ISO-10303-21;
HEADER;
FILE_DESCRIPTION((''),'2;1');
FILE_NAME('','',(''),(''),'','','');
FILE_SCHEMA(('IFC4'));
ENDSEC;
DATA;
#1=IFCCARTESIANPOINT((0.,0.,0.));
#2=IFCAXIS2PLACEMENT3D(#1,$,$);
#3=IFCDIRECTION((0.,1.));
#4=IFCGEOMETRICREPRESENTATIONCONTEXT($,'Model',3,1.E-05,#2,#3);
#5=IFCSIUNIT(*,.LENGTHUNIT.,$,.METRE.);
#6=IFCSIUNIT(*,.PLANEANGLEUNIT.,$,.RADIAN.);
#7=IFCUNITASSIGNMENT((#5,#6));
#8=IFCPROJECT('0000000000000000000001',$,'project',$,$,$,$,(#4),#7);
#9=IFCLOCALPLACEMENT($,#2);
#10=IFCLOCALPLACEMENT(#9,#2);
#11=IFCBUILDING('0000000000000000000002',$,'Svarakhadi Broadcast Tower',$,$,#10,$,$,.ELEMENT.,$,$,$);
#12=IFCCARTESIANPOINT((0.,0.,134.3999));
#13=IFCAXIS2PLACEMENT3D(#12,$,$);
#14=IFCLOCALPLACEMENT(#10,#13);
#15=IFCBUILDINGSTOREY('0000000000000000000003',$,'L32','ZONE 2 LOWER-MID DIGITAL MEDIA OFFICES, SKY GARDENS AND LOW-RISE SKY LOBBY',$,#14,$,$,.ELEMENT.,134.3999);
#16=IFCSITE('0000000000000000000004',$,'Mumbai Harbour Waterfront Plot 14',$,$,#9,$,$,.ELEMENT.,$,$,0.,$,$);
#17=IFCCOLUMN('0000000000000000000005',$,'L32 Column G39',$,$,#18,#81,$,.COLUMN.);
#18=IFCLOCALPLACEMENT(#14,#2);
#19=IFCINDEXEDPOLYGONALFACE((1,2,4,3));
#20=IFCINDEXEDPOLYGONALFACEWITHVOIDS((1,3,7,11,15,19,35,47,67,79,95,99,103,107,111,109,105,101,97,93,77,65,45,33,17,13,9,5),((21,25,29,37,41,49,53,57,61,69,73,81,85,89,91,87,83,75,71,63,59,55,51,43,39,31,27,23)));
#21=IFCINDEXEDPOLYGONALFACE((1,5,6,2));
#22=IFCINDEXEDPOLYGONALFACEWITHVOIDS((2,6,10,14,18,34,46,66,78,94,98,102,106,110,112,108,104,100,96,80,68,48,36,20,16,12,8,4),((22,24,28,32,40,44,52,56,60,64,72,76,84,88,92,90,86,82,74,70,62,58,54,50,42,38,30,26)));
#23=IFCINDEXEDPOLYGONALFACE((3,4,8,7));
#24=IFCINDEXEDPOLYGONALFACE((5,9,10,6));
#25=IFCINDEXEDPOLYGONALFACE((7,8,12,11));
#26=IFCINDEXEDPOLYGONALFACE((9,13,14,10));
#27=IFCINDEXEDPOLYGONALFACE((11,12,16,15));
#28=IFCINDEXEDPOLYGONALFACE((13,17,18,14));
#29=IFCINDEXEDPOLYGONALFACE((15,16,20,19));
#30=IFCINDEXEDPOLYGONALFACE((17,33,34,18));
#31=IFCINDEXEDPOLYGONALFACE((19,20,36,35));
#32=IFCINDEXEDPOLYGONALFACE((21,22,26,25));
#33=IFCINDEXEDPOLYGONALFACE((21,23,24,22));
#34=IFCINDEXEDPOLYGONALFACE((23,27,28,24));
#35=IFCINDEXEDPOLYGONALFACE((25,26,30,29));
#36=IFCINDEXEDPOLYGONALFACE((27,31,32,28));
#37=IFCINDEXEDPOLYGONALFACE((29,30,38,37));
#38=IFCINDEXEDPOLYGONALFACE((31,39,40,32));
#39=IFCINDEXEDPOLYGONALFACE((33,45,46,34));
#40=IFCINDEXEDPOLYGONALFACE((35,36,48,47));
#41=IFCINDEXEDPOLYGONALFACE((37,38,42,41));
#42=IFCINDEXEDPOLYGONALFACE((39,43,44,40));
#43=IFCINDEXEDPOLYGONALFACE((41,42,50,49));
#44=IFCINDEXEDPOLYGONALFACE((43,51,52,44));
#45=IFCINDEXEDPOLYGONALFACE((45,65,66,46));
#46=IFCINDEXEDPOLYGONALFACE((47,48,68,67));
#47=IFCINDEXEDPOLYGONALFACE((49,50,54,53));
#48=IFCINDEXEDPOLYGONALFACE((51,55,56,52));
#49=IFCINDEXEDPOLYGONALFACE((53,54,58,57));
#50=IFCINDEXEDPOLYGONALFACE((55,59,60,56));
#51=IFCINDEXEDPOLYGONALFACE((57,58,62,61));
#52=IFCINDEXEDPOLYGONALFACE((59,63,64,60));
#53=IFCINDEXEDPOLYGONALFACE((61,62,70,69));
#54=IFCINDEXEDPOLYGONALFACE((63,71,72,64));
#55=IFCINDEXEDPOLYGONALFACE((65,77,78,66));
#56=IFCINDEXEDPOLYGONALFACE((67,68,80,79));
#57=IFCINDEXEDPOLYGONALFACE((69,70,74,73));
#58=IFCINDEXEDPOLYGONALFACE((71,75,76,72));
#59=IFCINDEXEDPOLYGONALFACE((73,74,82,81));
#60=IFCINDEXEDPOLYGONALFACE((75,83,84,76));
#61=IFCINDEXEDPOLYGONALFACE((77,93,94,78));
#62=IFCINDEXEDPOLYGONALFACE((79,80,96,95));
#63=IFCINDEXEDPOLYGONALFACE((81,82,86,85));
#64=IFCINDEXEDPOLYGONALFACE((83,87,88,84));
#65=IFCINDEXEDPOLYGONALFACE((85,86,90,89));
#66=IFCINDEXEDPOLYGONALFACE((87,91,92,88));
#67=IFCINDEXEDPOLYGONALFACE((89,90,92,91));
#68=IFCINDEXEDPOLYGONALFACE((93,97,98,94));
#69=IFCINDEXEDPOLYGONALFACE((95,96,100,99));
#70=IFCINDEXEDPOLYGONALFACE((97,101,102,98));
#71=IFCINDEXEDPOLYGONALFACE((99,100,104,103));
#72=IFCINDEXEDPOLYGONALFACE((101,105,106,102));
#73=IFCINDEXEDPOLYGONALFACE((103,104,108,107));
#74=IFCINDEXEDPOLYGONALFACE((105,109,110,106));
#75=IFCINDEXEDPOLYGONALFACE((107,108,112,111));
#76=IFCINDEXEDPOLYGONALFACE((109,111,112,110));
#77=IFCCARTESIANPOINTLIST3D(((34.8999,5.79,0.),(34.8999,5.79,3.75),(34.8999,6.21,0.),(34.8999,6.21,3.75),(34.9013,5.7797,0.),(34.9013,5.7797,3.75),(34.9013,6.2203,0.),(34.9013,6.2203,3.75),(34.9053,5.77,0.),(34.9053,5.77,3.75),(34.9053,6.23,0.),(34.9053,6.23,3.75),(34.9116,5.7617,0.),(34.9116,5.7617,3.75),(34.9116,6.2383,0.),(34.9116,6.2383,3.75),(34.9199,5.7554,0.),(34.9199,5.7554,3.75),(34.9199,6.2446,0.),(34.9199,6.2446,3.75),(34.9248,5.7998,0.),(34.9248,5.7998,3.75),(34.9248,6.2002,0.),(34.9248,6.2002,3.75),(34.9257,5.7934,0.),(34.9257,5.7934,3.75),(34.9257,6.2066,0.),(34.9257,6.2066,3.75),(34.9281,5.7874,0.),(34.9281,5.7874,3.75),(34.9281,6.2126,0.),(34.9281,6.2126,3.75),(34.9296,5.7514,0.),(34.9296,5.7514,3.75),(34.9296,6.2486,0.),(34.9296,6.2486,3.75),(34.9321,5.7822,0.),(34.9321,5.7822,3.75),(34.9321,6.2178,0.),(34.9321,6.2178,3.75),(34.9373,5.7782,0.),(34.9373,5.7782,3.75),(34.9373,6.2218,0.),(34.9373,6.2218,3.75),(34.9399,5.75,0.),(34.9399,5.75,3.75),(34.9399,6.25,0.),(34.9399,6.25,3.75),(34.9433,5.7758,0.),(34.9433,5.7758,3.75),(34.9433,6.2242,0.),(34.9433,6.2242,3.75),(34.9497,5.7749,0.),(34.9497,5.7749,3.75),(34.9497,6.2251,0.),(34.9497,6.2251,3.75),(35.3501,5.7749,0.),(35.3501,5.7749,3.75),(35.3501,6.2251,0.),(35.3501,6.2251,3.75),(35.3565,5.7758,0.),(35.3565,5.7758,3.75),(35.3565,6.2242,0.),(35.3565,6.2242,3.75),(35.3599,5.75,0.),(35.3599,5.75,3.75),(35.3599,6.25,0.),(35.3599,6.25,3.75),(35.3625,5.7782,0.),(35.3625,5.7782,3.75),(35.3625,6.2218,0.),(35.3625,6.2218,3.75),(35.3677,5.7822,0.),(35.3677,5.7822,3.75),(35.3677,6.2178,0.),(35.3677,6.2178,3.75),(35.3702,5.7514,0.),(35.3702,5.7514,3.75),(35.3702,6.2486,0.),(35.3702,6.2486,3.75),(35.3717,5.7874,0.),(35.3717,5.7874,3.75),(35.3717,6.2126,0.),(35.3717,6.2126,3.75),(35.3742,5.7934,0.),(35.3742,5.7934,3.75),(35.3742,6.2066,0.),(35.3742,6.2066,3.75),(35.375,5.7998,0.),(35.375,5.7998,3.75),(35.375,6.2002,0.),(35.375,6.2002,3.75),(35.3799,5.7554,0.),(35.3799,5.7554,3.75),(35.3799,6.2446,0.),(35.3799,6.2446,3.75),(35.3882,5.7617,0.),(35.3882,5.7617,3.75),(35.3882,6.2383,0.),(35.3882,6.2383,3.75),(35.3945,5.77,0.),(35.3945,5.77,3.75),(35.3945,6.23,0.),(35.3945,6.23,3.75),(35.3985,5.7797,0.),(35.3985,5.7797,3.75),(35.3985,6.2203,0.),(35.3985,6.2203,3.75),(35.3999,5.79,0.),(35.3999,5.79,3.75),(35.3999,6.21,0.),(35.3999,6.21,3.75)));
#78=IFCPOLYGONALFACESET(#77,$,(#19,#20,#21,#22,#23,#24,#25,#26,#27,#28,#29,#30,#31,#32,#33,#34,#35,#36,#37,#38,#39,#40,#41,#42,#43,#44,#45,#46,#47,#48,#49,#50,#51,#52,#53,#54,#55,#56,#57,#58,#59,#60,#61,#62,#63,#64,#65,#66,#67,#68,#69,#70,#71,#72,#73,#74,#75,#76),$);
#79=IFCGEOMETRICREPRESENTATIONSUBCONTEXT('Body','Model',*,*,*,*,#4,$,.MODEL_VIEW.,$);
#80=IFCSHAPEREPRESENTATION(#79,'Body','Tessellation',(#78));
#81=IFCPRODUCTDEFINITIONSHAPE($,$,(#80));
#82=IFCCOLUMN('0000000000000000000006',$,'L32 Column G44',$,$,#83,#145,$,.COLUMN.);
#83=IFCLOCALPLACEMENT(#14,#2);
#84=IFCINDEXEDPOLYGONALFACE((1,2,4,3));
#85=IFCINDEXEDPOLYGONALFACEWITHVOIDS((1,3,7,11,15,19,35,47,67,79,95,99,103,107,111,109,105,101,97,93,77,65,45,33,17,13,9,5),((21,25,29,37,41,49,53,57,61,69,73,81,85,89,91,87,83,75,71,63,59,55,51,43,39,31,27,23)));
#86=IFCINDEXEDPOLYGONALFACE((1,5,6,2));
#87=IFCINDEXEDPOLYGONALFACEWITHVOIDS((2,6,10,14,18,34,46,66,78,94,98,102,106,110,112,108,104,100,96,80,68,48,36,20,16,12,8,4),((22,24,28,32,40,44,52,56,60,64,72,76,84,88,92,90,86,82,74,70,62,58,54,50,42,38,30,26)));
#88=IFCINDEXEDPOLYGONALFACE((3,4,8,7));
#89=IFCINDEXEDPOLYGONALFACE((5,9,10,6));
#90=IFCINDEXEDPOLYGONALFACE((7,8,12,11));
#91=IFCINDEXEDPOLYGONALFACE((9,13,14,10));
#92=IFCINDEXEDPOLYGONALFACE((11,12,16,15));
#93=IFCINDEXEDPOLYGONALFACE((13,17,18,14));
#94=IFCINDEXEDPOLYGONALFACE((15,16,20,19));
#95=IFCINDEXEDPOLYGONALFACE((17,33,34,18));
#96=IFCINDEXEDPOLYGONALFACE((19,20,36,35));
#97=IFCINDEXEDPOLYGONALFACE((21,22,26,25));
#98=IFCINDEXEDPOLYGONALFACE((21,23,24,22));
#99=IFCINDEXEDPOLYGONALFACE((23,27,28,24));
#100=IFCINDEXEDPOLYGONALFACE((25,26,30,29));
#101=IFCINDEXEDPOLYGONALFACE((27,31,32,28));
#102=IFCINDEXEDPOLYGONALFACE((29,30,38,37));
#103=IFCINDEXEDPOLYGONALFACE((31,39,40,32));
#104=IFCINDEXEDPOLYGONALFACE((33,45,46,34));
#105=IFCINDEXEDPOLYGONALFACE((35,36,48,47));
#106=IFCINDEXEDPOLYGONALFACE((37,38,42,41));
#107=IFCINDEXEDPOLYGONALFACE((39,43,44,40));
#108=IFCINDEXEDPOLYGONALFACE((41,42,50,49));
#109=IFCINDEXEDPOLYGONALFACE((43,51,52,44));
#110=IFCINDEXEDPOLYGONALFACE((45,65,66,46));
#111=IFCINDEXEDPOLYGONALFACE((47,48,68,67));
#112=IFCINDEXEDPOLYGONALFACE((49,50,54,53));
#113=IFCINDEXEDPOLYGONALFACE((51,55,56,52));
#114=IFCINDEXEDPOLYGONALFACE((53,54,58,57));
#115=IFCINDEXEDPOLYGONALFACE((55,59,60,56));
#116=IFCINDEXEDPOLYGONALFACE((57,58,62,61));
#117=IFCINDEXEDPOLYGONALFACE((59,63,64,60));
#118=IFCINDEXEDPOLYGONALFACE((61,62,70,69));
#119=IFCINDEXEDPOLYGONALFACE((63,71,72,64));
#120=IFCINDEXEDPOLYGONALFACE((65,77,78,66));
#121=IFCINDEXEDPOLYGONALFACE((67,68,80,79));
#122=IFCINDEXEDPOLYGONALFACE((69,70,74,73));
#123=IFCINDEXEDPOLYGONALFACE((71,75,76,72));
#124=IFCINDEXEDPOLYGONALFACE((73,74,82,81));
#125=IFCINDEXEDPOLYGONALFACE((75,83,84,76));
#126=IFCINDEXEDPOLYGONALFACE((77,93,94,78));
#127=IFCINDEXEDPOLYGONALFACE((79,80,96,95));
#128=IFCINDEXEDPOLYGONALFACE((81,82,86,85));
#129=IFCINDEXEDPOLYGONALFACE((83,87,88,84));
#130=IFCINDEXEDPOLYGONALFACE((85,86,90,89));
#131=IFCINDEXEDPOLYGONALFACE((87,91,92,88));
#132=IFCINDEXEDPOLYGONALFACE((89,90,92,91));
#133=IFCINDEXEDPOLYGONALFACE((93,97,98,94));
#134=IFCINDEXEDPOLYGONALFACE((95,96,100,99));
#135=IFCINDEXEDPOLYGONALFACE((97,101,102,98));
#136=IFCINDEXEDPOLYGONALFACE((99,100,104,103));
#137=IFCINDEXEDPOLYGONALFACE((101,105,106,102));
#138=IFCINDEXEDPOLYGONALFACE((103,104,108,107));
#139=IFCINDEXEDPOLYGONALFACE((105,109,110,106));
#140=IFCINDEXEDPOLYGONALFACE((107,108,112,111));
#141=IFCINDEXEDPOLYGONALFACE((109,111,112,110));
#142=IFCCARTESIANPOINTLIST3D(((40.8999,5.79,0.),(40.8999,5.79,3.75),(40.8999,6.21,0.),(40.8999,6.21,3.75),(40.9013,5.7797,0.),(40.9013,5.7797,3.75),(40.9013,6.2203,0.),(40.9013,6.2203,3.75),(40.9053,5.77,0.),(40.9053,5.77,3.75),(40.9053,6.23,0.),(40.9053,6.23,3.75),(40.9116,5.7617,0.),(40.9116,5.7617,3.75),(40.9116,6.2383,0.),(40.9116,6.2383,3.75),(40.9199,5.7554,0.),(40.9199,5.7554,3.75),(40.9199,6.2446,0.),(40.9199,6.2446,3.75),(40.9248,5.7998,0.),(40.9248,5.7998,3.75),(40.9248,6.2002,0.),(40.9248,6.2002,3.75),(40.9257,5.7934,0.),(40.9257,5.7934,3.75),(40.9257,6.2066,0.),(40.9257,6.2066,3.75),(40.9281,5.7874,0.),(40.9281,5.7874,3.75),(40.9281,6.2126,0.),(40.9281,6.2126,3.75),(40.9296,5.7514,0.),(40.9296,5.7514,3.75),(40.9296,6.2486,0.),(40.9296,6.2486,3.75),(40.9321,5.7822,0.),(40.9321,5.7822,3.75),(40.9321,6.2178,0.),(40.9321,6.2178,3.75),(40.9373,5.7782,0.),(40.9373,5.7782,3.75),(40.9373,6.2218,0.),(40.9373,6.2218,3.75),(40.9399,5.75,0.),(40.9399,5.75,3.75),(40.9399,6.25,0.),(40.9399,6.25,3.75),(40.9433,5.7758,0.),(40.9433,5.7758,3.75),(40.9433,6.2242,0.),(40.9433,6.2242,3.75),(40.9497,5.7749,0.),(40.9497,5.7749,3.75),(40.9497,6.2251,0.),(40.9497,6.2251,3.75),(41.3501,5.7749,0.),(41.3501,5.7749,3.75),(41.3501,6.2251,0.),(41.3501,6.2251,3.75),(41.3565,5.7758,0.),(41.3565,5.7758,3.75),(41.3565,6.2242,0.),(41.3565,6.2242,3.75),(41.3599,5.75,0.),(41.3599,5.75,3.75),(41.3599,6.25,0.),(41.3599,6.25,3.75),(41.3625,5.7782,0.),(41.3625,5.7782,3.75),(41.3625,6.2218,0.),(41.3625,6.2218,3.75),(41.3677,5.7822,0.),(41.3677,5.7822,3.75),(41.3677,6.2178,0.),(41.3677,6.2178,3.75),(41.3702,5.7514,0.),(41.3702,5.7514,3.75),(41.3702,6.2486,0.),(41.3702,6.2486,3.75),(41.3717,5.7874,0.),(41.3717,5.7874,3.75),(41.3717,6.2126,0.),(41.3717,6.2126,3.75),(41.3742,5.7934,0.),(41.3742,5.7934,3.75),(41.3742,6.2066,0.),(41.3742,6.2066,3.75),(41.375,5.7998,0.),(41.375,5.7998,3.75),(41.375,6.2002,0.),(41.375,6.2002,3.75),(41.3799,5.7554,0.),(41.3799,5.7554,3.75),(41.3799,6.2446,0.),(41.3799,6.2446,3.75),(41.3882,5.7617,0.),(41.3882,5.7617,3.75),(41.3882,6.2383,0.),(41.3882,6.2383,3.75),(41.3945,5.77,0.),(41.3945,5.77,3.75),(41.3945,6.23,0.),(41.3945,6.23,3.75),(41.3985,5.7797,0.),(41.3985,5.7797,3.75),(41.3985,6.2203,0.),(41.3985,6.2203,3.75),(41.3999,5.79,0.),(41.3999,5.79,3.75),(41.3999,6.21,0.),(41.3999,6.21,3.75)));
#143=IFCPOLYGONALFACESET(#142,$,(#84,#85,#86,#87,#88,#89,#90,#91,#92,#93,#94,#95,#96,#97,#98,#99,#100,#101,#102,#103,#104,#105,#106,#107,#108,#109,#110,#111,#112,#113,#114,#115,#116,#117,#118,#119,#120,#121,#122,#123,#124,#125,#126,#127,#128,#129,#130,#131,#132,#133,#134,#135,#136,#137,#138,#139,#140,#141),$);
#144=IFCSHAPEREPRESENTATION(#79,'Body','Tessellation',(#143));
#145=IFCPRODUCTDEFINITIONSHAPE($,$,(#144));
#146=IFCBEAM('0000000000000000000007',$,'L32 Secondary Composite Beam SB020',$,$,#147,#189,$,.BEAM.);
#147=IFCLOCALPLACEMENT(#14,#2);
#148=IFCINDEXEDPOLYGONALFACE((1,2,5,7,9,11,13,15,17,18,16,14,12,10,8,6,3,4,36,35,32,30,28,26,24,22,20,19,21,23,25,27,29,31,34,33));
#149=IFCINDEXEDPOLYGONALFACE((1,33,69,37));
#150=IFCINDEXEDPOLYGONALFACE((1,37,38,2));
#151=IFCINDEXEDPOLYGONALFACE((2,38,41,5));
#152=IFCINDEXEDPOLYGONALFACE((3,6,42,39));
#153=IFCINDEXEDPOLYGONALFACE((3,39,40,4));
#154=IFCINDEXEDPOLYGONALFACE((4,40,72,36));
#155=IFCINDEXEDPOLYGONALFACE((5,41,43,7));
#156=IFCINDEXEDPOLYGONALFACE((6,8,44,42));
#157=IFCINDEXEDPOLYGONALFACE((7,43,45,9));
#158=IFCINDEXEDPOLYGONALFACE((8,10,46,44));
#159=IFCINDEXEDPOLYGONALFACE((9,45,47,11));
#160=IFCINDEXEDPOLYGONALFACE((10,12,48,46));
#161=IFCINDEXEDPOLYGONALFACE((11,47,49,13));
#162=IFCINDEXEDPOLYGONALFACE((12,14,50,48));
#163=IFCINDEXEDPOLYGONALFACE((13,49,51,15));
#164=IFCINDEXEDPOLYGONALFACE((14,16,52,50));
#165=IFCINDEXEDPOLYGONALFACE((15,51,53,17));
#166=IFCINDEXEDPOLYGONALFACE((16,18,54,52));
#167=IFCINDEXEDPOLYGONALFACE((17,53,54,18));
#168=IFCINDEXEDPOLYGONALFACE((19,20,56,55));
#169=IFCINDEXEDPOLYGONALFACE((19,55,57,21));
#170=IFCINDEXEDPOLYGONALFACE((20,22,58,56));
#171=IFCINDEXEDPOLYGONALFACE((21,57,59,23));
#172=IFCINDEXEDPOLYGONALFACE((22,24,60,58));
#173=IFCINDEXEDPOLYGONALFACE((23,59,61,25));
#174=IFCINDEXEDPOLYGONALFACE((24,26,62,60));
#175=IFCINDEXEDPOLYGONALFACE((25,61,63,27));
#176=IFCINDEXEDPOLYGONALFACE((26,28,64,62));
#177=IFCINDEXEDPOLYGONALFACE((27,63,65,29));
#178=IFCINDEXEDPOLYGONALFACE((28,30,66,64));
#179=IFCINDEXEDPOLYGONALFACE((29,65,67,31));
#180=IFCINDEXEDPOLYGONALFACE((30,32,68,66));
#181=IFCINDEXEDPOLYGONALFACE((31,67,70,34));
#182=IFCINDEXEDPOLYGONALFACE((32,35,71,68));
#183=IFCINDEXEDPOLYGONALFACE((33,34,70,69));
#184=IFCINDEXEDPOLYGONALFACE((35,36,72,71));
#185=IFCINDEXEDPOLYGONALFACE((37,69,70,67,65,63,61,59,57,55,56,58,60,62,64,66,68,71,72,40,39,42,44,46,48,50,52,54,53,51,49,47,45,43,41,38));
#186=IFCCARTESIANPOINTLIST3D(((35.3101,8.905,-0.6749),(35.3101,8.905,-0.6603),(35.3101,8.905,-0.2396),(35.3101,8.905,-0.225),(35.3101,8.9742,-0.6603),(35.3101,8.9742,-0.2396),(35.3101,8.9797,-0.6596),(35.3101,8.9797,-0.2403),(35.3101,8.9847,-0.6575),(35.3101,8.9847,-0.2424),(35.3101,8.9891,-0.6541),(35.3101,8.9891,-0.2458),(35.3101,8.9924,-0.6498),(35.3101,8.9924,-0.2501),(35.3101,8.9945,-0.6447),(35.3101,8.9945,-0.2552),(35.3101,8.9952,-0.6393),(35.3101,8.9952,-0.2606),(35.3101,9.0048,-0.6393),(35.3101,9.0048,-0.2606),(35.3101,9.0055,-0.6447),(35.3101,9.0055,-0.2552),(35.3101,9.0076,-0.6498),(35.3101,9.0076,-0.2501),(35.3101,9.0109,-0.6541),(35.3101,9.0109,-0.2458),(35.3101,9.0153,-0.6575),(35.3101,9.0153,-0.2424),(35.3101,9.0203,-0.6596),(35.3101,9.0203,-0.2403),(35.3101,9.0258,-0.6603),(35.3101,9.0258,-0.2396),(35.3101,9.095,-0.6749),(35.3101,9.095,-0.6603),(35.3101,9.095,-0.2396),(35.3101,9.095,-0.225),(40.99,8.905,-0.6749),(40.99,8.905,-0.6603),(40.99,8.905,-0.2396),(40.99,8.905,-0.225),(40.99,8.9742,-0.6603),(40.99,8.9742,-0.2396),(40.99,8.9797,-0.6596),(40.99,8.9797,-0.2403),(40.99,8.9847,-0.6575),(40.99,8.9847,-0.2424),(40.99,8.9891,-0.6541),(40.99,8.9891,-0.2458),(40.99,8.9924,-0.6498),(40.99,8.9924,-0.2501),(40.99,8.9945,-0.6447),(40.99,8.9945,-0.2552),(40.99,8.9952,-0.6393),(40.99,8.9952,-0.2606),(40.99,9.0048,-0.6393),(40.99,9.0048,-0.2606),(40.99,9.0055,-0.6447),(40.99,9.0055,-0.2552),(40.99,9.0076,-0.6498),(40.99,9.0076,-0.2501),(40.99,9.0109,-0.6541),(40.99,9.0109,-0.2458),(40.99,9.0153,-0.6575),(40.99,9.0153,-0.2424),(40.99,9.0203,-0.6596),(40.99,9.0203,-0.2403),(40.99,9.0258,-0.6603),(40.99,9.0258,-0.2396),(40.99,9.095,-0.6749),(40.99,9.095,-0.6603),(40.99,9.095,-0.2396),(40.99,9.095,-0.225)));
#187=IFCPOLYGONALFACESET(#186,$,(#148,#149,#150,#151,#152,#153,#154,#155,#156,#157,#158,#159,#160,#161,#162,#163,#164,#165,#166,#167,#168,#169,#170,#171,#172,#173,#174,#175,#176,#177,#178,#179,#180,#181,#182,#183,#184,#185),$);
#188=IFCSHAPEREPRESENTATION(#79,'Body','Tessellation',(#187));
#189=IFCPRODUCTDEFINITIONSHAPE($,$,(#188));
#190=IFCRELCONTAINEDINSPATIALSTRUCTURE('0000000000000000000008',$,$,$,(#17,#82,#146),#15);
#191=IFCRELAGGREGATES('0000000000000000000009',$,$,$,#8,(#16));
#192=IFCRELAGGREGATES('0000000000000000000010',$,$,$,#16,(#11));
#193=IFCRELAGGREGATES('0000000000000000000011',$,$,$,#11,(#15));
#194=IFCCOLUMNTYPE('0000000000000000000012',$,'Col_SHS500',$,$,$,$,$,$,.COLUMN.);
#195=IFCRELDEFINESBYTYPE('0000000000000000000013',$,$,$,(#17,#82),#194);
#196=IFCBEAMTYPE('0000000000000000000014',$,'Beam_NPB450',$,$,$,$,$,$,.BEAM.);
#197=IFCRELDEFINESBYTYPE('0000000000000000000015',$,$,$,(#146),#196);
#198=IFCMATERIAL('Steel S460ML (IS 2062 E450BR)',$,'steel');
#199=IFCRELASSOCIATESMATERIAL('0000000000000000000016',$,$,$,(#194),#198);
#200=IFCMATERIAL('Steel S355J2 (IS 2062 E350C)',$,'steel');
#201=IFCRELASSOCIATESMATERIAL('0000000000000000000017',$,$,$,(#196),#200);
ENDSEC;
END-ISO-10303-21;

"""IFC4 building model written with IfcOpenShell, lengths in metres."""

from ifc_helpers import new_model, si_unit, direction, frame, origin, origin_2d, place, context, subcontext, project, spatial, hollow_rectangle, i_section, extrude, material, material_profile, profile_set, type_object, element, save


model = new_model("IFC4")

# Units and contexts
model_context = context("Model", 3, precision=1e-05, world=origin(), true_north=direction((0.0, 1.0)))
body_context = subcontext(model_context, "Body", "Model", "MODEL_VIEW")
ifc_project = project(units=[si_unit("LENGTHUNIT", "METRE"), si_unit("PLANEANGLEUNIT", "RADIAN")], contexts=[model_context])

# Site, building, storey
site_placement = place(None, origin())
site = spatial("IfcSite", under=ifc_project, at=site_placement, Name="Mumbai Harbour Waterfront Plot 14", CompositionType="ELEMENT", RefElevation=0.0)
building_placement = place(site_placement, origin())
building = spatial("IfcBuilding", under=site, at=building_placement, Name="Svarakhadi Broadcast Tower", CompositionType="ELEMENT")
storey_placement = place(building_placement, frame((0.0, 0.0, 134.3999)))
storey = spatial("IfcBuildingStorey", under=building, at=storey_placement, Name="L32", Description="ZONE 2 LOWER-MID DIGITAL MEDIA OFFICES, SKY GARDENS AND LOW-RISE SKY LOBBY", CompositionType="ELEMENT", Elevation=134.3999)

# Columns
ifc_material_1 = material(Name="Steel S460ML (IS 2062 E450BR)", Category="steel")
ifc_material_profile_1 = material_profile(ifc_material_1, hollow_rectangle(XDim=0.5, YDim=0.5, WallThickness=0.0249, InnerFilletRadius=0.0249, OuterFilletRadius=0.04, at=origin_2d()), Name="SHS 500x500x25")
ifc_profile_set_1 = profile_set([ifc_material_profile_1], Name="Steel S460ML (IS 2062 E450BR)")
column_type = type_object("IfcColumnType", Name="Col_SHS500", PredefinedType="COLUMN", material=ifc_profile_set_1)
for number, where, z_axis, x_axis, name in (
    (1, (35.1499, 6.0, 0.0), (0.0, 0.0, 1.0), (1.0, 0.0, 0.0), "L32 Column G39"),
    (2, (41.1499, 6.0, 0.0), (0.0, 0.0, 1.0), (1.0, 0.0, 0.0), "L32 Column G44"),
):
    element("IfcColumn", number, at=place(storey_placement, frame(where, z_axis=z_axis, x_axis=x_axis)), inside=storey, type_object=column_type, Name=name, PredefinedType="COLUMN", context=body_context, shape_type="SweptSolid", body=[
        extrude(hollow_rectangle(XDim=0.5, YDim=0.5, WallThickness=0.0249, InnerFilletRadius=0.0249, OuterFilletRadius=0.04, at=origin_2d()), origin(), (0.0, 0.0, 1.0), 3.75),
    ])

# Beam
ifc_material_2 = material(Name="Steel S355J2 (IS 2062 E350C)", Category="steel")
ifc_material_profile_2 = material_profile(ifc_material_2, i_section(OverallWidth=0.1899, OverallDepth=0.45, WebThickness=0.0095, FlangeThickness=0.0146, FilletRadius=0.021, at=origin_2d()), Name="NPB 450x190x78")
ifc_profile_set_2 = profile_set([ifc_material_profile_2], Name="Steel S355J2 (IS 2062 E350C)")
beam_type_1 = type_object("IfcBeamType", Name="Beam_NPB450", PredefinedType="BEAM", material=ifc_profile_set_2)
for number, where, z_axis, x_axis, name in (
    (3, (35.3101, 9.0, -0.45), (1.0, 0.0, 0.0), (0.0, 1.0, 0.0), "L32 Secondary Composite Beam SB020"),
):
    element("IfcBeam", number, at=place(storey_placement, frame(where, z_axis=z_axis, x_axis=x_axis)), inside=storey, type_object=beam_type_1, Name=name, PredefinedType="BEAM", context=body_context, shape_type="SweptSolid", body=[
        extrude(i_section(OverallWidth=0.1899, OverallDepth=0.45, WebThickness=0.0095, FlangeThickness=0.0146, FilletRadius=0.021, at=origin_2d()), origin(), (0.0, 0.0, 1.0), 5.6799),
    ])

save(model, "model.ifc")
